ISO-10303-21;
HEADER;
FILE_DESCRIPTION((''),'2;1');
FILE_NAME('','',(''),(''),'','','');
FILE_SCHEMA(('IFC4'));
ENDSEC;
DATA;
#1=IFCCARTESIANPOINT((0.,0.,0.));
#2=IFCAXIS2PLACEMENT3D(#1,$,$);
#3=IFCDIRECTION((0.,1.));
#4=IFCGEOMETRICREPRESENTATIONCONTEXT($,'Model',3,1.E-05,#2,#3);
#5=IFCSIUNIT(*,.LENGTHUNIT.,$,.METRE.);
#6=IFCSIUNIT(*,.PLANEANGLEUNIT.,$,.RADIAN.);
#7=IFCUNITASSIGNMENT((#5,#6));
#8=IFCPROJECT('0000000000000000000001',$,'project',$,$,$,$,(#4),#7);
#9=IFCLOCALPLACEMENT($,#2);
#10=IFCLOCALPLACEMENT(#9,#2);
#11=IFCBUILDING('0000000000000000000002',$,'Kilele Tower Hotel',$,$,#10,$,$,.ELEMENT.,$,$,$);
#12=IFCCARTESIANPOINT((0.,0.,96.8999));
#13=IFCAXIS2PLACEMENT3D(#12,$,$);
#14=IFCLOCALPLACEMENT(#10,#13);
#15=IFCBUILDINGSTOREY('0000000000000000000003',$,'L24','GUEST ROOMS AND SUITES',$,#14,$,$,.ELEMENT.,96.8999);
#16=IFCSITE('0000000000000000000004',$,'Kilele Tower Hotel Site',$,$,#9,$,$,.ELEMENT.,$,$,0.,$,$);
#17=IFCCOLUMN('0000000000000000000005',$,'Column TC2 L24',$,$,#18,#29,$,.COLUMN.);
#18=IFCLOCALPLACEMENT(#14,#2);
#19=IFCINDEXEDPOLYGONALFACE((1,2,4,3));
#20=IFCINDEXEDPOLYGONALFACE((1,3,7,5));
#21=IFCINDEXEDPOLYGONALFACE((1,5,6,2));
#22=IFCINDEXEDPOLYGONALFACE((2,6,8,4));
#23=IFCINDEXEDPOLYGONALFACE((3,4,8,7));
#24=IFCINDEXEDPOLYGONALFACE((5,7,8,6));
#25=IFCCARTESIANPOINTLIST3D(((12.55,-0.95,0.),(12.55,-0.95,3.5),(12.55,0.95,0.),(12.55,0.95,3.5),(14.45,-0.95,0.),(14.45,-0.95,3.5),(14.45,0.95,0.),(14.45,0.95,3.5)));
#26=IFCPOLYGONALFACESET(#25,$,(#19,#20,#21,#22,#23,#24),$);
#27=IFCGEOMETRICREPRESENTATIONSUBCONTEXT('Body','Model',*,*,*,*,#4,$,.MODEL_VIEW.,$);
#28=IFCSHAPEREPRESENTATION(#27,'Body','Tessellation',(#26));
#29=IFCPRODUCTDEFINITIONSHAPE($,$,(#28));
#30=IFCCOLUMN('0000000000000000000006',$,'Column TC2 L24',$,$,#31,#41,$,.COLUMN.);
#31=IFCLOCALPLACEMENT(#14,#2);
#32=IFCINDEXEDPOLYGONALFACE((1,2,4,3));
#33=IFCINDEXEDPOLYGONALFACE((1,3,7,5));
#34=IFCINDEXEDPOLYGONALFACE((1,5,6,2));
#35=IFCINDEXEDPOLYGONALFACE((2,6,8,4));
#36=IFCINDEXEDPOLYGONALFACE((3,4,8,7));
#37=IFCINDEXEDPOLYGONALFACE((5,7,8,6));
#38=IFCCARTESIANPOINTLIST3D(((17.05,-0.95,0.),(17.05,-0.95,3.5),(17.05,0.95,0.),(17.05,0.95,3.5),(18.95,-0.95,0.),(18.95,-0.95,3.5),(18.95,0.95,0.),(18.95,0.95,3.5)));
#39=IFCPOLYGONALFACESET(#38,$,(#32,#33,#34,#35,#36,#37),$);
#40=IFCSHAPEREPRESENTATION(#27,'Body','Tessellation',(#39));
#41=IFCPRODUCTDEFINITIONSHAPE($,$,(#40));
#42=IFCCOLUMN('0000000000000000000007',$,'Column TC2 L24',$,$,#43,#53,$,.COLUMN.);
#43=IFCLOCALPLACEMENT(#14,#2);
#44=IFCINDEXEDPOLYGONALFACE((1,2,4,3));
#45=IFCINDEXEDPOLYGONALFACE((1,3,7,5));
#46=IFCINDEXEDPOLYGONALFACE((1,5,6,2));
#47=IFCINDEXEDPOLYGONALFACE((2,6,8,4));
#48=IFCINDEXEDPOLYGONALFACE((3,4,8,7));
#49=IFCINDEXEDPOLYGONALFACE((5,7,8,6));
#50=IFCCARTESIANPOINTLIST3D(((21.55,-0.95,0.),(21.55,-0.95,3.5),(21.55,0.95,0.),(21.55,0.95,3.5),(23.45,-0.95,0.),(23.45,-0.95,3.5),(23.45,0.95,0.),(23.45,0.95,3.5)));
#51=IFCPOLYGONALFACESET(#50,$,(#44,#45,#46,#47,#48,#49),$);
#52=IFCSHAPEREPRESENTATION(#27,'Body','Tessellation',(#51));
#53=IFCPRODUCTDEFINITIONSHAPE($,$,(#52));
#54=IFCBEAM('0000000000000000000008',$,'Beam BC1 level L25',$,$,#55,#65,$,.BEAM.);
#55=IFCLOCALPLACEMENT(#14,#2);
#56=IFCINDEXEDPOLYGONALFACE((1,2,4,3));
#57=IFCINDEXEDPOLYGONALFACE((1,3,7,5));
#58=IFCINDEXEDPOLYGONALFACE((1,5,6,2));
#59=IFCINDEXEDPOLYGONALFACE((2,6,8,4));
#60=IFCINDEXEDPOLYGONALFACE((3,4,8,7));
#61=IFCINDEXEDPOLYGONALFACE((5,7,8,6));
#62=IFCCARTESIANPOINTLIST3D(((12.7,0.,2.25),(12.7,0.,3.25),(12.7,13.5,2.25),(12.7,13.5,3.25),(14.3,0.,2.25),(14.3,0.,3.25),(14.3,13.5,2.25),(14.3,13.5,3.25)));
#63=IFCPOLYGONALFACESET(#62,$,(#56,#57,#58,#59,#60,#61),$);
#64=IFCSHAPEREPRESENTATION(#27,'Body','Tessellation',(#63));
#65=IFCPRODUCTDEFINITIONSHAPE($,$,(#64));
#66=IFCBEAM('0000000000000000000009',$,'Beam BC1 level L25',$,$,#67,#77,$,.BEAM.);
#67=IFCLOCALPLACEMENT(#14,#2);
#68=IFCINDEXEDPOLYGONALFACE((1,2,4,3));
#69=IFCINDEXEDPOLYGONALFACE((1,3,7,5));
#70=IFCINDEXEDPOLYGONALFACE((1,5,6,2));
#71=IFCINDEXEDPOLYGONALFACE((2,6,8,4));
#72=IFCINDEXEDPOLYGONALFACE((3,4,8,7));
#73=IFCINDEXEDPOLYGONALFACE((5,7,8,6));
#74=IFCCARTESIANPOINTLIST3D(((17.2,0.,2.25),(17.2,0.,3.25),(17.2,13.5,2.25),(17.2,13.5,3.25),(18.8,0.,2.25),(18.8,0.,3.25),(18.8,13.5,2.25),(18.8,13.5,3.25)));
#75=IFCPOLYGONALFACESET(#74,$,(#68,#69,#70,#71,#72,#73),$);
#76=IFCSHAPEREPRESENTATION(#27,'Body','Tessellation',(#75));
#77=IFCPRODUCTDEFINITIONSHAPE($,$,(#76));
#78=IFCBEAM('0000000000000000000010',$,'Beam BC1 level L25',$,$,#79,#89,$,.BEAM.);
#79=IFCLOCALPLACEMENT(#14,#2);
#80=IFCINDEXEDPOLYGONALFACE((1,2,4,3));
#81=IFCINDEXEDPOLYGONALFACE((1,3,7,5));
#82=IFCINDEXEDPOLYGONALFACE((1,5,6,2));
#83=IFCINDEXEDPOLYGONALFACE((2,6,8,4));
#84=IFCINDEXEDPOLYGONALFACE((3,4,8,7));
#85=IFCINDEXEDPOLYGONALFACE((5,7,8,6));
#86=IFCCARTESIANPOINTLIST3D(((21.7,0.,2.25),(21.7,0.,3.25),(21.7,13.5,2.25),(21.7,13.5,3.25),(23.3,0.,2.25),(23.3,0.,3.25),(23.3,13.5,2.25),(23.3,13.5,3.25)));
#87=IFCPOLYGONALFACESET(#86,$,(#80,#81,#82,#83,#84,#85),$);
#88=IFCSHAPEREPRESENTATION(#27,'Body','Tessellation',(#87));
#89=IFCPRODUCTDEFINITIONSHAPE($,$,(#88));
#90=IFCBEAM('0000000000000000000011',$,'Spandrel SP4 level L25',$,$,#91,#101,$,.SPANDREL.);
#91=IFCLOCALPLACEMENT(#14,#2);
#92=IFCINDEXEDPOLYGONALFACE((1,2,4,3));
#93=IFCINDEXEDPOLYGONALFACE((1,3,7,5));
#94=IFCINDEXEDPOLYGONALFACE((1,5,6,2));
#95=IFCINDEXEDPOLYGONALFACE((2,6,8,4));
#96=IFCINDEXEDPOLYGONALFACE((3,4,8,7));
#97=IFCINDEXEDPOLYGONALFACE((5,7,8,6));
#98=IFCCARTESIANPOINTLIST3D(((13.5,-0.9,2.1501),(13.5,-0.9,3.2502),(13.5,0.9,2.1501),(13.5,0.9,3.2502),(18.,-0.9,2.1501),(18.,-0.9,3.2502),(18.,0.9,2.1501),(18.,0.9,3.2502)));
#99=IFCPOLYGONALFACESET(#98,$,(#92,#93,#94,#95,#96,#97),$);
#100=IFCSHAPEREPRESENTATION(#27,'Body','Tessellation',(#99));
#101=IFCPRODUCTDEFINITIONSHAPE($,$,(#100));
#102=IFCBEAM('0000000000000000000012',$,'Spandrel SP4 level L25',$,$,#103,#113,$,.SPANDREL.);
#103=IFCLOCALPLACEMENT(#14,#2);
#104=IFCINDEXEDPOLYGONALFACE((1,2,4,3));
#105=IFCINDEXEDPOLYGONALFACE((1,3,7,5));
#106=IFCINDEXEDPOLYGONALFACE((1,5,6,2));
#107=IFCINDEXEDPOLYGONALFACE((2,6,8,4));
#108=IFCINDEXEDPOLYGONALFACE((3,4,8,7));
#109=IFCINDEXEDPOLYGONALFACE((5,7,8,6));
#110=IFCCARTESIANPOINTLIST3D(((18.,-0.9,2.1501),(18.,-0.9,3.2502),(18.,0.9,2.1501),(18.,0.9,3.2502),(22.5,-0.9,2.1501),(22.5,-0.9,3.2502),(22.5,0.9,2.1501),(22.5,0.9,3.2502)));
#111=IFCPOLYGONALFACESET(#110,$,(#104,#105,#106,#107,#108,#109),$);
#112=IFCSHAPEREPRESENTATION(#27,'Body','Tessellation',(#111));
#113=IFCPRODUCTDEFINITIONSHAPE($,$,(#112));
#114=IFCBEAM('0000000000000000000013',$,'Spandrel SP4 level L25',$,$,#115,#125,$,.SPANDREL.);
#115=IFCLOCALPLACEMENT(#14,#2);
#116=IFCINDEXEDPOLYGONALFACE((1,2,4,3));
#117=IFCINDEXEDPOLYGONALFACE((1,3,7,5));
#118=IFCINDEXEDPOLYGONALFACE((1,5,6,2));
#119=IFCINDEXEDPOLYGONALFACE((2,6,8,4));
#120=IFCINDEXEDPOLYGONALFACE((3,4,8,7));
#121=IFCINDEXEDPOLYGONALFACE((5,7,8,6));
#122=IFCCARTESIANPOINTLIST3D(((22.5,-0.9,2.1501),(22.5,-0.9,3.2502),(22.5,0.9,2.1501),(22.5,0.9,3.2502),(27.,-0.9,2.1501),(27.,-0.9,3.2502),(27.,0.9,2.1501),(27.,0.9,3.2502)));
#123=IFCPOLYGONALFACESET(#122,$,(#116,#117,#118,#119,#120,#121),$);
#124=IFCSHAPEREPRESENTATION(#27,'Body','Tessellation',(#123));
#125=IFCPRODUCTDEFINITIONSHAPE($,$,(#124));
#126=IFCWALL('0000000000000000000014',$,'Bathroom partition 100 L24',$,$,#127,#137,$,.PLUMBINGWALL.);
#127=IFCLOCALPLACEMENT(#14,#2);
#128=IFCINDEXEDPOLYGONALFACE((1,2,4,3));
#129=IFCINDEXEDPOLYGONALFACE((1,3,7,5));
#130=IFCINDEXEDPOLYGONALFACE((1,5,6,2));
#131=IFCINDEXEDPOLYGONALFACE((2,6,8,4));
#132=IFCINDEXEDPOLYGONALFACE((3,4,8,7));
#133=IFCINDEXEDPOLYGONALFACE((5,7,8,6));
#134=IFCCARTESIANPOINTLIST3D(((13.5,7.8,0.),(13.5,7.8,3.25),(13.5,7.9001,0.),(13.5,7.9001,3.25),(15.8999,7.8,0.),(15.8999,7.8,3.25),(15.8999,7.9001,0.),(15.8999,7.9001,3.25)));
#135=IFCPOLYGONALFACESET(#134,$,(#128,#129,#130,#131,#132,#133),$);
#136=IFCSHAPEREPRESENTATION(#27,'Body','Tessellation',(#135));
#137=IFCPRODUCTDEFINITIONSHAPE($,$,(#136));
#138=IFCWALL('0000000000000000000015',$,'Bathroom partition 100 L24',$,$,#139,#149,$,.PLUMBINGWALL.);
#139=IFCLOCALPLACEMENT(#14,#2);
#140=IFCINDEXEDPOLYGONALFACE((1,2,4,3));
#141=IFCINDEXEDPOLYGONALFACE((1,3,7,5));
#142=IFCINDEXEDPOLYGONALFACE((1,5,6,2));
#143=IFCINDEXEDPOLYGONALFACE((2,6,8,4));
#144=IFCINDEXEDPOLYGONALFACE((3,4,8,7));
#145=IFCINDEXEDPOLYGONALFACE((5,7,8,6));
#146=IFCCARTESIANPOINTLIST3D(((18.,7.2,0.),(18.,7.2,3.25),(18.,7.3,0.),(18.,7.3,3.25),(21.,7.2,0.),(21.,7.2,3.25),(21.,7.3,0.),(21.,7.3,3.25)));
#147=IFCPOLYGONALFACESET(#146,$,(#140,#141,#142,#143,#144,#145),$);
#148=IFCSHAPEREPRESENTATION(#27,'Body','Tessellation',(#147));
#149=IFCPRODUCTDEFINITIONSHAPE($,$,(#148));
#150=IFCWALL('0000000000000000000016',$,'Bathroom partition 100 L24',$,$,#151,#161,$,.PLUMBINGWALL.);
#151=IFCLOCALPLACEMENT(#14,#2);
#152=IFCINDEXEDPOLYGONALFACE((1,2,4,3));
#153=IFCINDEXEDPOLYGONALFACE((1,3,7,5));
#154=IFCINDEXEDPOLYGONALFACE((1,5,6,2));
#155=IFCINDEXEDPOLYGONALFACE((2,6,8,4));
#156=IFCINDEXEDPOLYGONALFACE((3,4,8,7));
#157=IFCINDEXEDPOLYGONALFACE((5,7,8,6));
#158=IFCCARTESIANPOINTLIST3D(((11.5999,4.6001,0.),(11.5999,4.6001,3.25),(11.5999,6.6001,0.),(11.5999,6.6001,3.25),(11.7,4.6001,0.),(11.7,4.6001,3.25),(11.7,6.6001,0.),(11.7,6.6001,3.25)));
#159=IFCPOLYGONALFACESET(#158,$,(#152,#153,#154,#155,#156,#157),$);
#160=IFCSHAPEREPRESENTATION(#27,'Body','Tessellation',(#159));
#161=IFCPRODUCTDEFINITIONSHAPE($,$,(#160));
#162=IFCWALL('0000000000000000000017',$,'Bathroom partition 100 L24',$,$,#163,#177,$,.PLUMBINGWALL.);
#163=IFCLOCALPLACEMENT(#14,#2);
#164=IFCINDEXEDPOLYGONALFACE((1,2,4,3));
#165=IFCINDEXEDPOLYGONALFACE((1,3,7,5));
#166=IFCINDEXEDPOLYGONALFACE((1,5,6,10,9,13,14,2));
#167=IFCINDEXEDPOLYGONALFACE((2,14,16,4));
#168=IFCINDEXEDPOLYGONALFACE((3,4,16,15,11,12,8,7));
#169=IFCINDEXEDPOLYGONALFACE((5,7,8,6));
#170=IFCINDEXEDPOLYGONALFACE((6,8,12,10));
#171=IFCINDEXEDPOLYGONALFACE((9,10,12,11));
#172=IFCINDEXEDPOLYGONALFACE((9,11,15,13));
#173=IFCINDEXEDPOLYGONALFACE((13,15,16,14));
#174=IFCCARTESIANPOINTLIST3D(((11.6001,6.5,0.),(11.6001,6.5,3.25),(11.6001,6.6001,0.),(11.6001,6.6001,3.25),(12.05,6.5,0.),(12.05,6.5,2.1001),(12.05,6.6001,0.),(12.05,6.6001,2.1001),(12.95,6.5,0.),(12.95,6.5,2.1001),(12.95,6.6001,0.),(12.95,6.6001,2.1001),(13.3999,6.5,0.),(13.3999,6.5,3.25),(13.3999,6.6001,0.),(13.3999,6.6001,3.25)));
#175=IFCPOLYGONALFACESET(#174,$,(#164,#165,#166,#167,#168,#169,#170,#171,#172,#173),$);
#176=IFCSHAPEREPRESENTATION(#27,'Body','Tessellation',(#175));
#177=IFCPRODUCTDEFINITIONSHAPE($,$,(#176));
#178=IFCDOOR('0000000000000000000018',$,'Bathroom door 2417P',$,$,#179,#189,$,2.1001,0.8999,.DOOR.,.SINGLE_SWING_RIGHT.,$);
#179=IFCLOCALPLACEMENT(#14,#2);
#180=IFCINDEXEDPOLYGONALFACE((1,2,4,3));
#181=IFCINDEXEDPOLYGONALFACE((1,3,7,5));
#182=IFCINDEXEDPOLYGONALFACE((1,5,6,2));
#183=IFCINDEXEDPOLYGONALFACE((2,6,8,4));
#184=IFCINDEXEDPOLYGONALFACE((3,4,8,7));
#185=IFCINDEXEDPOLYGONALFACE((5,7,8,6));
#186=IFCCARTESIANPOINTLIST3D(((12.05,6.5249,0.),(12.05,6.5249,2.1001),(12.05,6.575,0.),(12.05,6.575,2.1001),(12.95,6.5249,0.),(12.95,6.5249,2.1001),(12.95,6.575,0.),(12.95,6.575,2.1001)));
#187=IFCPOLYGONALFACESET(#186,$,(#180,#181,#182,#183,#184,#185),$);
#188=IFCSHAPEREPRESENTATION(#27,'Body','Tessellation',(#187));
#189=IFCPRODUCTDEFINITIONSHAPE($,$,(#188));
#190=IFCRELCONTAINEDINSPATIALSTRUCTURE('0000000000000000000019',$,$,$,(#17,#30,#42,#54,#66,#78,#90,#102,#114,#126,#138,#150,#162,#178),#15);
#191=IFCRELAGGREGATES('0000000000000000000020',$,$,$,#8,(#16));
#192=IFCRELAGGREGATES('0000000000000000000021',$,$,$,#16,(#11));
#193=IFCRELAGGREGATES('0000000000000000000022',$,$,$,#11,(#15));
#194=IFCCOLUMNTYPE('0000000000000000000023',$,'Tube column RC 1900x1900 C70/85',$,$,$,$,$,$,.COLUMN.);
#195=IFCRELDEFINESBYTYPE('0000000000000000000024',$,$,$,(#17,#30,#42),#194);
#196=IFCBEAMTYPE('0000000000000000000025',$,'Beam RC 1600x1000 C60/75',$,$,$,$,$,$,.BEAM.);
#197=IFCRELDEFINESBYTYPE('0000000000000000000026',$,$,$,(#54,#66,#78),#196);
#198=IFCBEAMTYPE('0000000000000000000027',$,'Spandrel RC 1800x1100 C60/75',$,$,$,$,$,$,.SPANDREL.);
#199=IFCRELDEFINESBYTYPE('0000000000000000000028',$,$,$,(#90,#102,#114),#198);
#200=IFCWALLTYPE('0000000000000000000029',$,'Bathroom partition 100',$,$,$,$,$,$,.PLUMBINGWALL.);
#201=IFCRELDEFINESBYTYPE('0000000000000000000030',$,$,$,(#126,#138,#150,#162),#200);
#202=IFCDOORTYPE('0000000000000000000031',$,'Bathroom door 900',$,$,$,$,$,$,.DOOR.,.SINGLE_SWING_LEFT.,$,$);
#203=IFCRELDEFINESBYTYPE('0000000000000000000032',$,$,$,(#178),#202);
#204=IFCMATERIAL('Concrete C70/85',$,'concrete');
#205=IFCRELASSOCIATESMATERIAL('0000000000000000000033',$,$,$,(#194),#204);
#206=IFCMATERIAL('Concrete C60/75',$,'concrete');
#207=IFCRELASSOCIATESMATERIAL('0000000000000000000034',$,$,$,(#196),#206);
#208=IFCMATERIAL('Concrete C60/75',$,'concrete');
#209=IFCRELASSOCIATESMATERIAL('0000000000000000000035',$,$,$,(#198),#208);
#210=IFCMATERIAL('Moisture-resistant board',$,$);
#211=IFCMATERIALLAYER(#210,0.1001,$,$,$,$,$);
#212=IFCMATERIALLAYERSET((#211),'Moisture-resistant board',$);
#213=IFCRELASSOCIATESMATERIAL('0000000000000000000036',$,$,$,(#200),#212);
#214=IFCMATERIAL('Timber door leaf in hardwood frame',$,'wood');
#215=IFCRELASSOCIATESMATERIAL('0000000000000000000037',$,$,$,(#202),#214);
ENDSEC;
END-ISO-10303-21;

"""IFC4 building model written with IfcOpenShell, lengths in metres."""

from ifc_helpers import new_model, si_unit, direction, frame, frame_2d, origin, origin_2d, place, context, subcontext, project, spatial, rectangle, extrude, material, layer, layer_set, material_profile, profile_set, type_object, element, fill, save


model = new_model("IFC4")

# Units and contexts
model_context = context("Model", 3, precision=1e-05, world=origin(), true_north=direction((0.0, 1.0)))
body_context = subcontext(model_context, "Body", "Model", "MODEL_VIEW")
ifc_project = project(units=[si_unit("LENGTHUNIT", "METRE"), si_unit("PLANEANGLEUNIT", "RADIAN")], contexts=[model_context])

# Site, building, storey
site_placement = place(None, origin())
site = spatial("IfcSite", under=ifc_project, at=site_placement, Name="Kilele Tower Hotel Site", CompositionType="ELEMENT", RefElevation=0.0)
building_placement = place(site_placement, origin())
building = spatial("IfcBuilding", under=site, at=building_placement, Name="Kilele Tower Hotel", CompositionType="ELEMENT")
storey_placement = place(building_placement, frame((0.0, 0.0, 96.8999)))
storey = spatial("IfcBuildingStorey", under=building, at=storey_placement, Name="L24", Description="GUEST ROOMS AND SUITES", CompositionType="ELEMENT", Elevation=96.8999)

# Columns
ifc_material_1 = material(Name="Concrete C70/85", Category="concrete")
ifc_material_profile_1 = material_profile(ifc_material_1, rectangle(XDim=1.8999, YDim=1.8999, at=origin_2d()))
ifc_profile_set_1 = profile_set([ifc_material_profile_1], Name="Concrete C70/85")
column_type = type_object("IfcColumnType", Name="Tube column RC 1900x1900 C70/85", PredefinedType="COLUMN", material=ifc_profile_set_1)
for number, where, z_axis, x_axis, name in (
    (1, (13.5, 0.0, 0.0), (0.0, 0.0, 1.0), (1.0, 0.0, 0.0), "Column TC2 L24"),
    (2, (18.0, 0.0, 0.0), (0.0, 0.0, 1.0), (1.0, 0.0, 0.0), "Column TC2 L24"),
    (3, (22.5, 0.0, 0.0), (0.0, 0.0, 1.0), (1.0, 0.0, 0.0), "Column TC2 L24"),
):
    element("IfcColumn", number, at=place(storey_placement, frame(where, z_axis=z_axis, x_axis=x_axis)), inside=storey, type_object=column_type, Name=name, PredefinedType="COLUMN", context=body_context, shape_type="SweptSolid", body=[
        extrude(rectangle(XDim=1.8999, YDim=1.8999, at=origin_2d()), origin(), (0.0, 0.0, 1.0), 3.5),
    ])

# Beams
ifc_material_2 = material(Name="Concrete C60/75", Category="concrete")
ifc_material_profile_2 = material_profile(ifc_material_2, rectangle(XDim=1.6001, YDim=1.0, at=origin_2d()))
ifc_profile_set_2 = profile_set([ifc_material_profile_2], Name="Concrete C60/75")
beam_type_1 = type_object("IfcBeamType", Name="Beam RC 1600x1000 C60/75", PredefinedType="BEAM", material=ifc_profile_set_2)
for number, where, z_axis, x_axis, name in (
    (4, (13.5, 0.0, 2.75), (0.0, 1.0, 0.0), (-1.0, 0.0, 0.0), "Beam BC1 level L25"),
    (5, (18.0, 0.0, 2.75), (0.0, 1.0, 0.0), (-1.0, 0.0, 0.0), "Beam BC1 level L25"),
    (6, (22.5, 0.0, 2.75), (0.0, 1.0, 0.0), (-1.0, 0.0, 0.0), "Beam BC1 level L25"),
):
    element("IfcBeam", number, at=place(storey_placement, frame(where, z_axis=z_axis, x_axis=x_axis)), inside=storey, type_object=beam_type_1, Name=name, PredefinedType="BEAM", context=body_context, shape_type="SweptSolid", body=[
        extrude(rectangle(XDim=1.6001, YDim=1.0, at=origin_2d()), origin(), (0.0, 0.0, 1.0), 13.5),
    ])
ifc_material_3 = material(Name="Concrete C60/75", Category="concrete")
ifc_material_profile_3 = material_profile(ifc_material_3, rectangle(XDim=1.8, YDim=1.1001, at=origin_2d()))
ifc_profile_set_3 = profile_set([ifc_material_profile_3], Name="Concrete C60/75")
beam_type_2 = type_object("IfcBeamType", Name="Spandrel RC 1800x1100 C60/75", PredefinedType="SPANDREL", material=ifc_profile_set_3)
for number, where, z_axis, x_axis, name in (
    (7, (13.5, 0.0, 2.7002), (1.0, 0.0, 0.0), (0.0, 1.0, 0.0), "Spandrel SP4 level L25"),
    (8, (18.0, 0.0, 2.7002), (1.0, 0.0, 0.0), (0.0, 1.0, 0.0), "Spandrel SP4 level L25"),
    (9, (22.5, 0.0, 2.7002), (1.0, 0.0, 0.0), (0.0, 1.0, 0.0), "Spandrel SP4 level L25"),
):
    element("IfcBeam", number, at=place(storey_placement, frame(where, z_axis=z_axis, x_axis=x_axis)), inside=storey, type_object=beam_type_2, Name=name, PredefinedType="SPANDREL", context=body_context, shape_type="SweptSolid", body=[
        extrude(rectangle(XDim=1.8, YDim=1.1001, at=origin_2d()), origin(), (0.0, 0.0, 1.0), 4.5),
    ])

# Walls
ifc_material_4 = material(Name="Moisture-resistant board")
ifc_layer_1 = layer(ifc_material_4, 0.1001)
ifc_layer_set_1 = layer_set([ifc_layer_1], Name="Moisture-resistant board")
wall_type_1 = type_object("IfcWallType", Name="Bathroom partition 100", PredefinedType="PLUMBINGWALL", material=ifc_layer_set_1)
wall_1_placement = place(storey_placement, frame((13.5, 7.8501, 0.0), z_axis=(0.0, 0.0, 1.0), x_axis=(1.0, 0.0, 0.0)))
element("IfcWall", 10, at=wall_1_placement, inside=storey, type_object=wall_type_1, Name="Bathroom partition 100 L24", PredefinedType="PLUMBINGWALL", context=body_context, shape_type="SweptSolid", body=[
    extrude(rectangle(XDim=2.3999, YDim=0.1001, at=frame_2d((1.2, 0.0))), origin(), (0.0, 0.0, 1.0), 3.25),
])
wall_2_placement = place(storey_placement, frame((18.0, 7.25, 0.0), z_axis=(0.0, 0.0, 1.0), x_axis=(1.0, 0.0, 0.0)))
element("IfcWall", 11, at=wall_2_placement, inside=storey, type_object=wall_type_1, Name="Bathroom partition 100 L24", PredefinedType="PLUMBINGWALL", context=body_context, shape_type="SweptSolid", body=[
    extrude(rectangle(XDim=3.0, YDim=0.1001, at=frame_2d((1.5, 0.0))), origin(), (0.0, 0.0, 1.0), 3.25),
])
wall_3_placement = place(storey_placement, frame((11.6499, 4.6001, 0.0), z_axis=(0.0, 0.0, 1.0), x_axis=(0.0, 1.0, 0.0)))
element("IfcWall", 12, at=wall_3_placement, inside=storey, type_object=wall_type_1, Name="Bathroom partition 100 L24", PredefinedType="PLUMBINGWALL", context=body_context, shape_type="SweptSolid", body=[
    extrude(rectangle(XDim=2.0, YDim=0.1001, at=frame_2d((1.0, 0.0))), origin(), (0.0, 0.0, 1.0), 3.25),
])

# Wall, opening, door
wall_4_placement = place(storey_placement, frame((13.3999, 6.55, 0.0), z_axis=(0.0, 0.0, 1.0), x_axis=(-1.0, 0.0, 0.0)))
wall_4 = element("IfcWall", 13, at=wall_4_placement, inside=storey, type_object=wall_type_1, Name="Bathroom partition 100 L24", PredefinedType="PLUMBINGWALL", context=body_context, shape_type="SweptSolid", body=[
    extrude(rectangle(XDim=1.7998, YDim=0.1001, at=frame_2d((0.8999, 0.0))), origin(), (0.0, 0.0, 1.0), 3.25),
])
opening_1_placement = place(wall_4_placement, frame((1.3499, 0.0, 0.0), z_axis=(0.0, 0.0, 1.0), x_axis=(-1.0, 0.0, 0.0)))
opening_1 = element("IfcOpeningElement", 14, at=opening_1_placement, cuts=wall_4, PredefinedType="OPENING", context=body_context, shape_type="SweptSolid", body=[
    extrude(rectangle(XDim=0.8999, YDim=2.1001, at=frame_2d((0.45, 1.05))), frame((0.0, 0.0601, 0.0), z_axis=(0.0, -1.0, 0.0), x_axis=(1.0, 0.0, 0.0)), (0.0, 0.0, 1.0), 0.1201),
])
ifc_material_5 = material(Name="Timber door leaf in hardwood frame", Category="wood")
door_type_1 = type_object("IfcDoorType", Name="Bathroom door 900", OperationType="SINGLE_SWING_LEFT", PredefinedType="DOOR", material=ifc_material_5)
door_1_placement = place(opening_1_placement, origin())
door_1 = element("IfcDoor", 15, at=door_1_placement, inside=storey, type_object=door_type_1, Name="Bathroom door 2417P", OperationType="SINGLE_SWING_RIGHT", OverallHeight=2.1001, OverallWidth=0.8999, PredefinedType="DOOR", context=body_context, shape_type="SweptSolid", body=[
    extrude(rectangle(XDim=0.8999, YDim=2.1001, at=frame_2d((0.45, 1.05))), frame((0.0, 0.0249, 0.0), z_axis=(0.0, -1.0, 0.0), x_axis=(1.0, 0.0, 0.0)), (0.0, 0.0, 1.0), 0.05),
])
fill(opening_1, door_1)

save(model, "model.ifc")
